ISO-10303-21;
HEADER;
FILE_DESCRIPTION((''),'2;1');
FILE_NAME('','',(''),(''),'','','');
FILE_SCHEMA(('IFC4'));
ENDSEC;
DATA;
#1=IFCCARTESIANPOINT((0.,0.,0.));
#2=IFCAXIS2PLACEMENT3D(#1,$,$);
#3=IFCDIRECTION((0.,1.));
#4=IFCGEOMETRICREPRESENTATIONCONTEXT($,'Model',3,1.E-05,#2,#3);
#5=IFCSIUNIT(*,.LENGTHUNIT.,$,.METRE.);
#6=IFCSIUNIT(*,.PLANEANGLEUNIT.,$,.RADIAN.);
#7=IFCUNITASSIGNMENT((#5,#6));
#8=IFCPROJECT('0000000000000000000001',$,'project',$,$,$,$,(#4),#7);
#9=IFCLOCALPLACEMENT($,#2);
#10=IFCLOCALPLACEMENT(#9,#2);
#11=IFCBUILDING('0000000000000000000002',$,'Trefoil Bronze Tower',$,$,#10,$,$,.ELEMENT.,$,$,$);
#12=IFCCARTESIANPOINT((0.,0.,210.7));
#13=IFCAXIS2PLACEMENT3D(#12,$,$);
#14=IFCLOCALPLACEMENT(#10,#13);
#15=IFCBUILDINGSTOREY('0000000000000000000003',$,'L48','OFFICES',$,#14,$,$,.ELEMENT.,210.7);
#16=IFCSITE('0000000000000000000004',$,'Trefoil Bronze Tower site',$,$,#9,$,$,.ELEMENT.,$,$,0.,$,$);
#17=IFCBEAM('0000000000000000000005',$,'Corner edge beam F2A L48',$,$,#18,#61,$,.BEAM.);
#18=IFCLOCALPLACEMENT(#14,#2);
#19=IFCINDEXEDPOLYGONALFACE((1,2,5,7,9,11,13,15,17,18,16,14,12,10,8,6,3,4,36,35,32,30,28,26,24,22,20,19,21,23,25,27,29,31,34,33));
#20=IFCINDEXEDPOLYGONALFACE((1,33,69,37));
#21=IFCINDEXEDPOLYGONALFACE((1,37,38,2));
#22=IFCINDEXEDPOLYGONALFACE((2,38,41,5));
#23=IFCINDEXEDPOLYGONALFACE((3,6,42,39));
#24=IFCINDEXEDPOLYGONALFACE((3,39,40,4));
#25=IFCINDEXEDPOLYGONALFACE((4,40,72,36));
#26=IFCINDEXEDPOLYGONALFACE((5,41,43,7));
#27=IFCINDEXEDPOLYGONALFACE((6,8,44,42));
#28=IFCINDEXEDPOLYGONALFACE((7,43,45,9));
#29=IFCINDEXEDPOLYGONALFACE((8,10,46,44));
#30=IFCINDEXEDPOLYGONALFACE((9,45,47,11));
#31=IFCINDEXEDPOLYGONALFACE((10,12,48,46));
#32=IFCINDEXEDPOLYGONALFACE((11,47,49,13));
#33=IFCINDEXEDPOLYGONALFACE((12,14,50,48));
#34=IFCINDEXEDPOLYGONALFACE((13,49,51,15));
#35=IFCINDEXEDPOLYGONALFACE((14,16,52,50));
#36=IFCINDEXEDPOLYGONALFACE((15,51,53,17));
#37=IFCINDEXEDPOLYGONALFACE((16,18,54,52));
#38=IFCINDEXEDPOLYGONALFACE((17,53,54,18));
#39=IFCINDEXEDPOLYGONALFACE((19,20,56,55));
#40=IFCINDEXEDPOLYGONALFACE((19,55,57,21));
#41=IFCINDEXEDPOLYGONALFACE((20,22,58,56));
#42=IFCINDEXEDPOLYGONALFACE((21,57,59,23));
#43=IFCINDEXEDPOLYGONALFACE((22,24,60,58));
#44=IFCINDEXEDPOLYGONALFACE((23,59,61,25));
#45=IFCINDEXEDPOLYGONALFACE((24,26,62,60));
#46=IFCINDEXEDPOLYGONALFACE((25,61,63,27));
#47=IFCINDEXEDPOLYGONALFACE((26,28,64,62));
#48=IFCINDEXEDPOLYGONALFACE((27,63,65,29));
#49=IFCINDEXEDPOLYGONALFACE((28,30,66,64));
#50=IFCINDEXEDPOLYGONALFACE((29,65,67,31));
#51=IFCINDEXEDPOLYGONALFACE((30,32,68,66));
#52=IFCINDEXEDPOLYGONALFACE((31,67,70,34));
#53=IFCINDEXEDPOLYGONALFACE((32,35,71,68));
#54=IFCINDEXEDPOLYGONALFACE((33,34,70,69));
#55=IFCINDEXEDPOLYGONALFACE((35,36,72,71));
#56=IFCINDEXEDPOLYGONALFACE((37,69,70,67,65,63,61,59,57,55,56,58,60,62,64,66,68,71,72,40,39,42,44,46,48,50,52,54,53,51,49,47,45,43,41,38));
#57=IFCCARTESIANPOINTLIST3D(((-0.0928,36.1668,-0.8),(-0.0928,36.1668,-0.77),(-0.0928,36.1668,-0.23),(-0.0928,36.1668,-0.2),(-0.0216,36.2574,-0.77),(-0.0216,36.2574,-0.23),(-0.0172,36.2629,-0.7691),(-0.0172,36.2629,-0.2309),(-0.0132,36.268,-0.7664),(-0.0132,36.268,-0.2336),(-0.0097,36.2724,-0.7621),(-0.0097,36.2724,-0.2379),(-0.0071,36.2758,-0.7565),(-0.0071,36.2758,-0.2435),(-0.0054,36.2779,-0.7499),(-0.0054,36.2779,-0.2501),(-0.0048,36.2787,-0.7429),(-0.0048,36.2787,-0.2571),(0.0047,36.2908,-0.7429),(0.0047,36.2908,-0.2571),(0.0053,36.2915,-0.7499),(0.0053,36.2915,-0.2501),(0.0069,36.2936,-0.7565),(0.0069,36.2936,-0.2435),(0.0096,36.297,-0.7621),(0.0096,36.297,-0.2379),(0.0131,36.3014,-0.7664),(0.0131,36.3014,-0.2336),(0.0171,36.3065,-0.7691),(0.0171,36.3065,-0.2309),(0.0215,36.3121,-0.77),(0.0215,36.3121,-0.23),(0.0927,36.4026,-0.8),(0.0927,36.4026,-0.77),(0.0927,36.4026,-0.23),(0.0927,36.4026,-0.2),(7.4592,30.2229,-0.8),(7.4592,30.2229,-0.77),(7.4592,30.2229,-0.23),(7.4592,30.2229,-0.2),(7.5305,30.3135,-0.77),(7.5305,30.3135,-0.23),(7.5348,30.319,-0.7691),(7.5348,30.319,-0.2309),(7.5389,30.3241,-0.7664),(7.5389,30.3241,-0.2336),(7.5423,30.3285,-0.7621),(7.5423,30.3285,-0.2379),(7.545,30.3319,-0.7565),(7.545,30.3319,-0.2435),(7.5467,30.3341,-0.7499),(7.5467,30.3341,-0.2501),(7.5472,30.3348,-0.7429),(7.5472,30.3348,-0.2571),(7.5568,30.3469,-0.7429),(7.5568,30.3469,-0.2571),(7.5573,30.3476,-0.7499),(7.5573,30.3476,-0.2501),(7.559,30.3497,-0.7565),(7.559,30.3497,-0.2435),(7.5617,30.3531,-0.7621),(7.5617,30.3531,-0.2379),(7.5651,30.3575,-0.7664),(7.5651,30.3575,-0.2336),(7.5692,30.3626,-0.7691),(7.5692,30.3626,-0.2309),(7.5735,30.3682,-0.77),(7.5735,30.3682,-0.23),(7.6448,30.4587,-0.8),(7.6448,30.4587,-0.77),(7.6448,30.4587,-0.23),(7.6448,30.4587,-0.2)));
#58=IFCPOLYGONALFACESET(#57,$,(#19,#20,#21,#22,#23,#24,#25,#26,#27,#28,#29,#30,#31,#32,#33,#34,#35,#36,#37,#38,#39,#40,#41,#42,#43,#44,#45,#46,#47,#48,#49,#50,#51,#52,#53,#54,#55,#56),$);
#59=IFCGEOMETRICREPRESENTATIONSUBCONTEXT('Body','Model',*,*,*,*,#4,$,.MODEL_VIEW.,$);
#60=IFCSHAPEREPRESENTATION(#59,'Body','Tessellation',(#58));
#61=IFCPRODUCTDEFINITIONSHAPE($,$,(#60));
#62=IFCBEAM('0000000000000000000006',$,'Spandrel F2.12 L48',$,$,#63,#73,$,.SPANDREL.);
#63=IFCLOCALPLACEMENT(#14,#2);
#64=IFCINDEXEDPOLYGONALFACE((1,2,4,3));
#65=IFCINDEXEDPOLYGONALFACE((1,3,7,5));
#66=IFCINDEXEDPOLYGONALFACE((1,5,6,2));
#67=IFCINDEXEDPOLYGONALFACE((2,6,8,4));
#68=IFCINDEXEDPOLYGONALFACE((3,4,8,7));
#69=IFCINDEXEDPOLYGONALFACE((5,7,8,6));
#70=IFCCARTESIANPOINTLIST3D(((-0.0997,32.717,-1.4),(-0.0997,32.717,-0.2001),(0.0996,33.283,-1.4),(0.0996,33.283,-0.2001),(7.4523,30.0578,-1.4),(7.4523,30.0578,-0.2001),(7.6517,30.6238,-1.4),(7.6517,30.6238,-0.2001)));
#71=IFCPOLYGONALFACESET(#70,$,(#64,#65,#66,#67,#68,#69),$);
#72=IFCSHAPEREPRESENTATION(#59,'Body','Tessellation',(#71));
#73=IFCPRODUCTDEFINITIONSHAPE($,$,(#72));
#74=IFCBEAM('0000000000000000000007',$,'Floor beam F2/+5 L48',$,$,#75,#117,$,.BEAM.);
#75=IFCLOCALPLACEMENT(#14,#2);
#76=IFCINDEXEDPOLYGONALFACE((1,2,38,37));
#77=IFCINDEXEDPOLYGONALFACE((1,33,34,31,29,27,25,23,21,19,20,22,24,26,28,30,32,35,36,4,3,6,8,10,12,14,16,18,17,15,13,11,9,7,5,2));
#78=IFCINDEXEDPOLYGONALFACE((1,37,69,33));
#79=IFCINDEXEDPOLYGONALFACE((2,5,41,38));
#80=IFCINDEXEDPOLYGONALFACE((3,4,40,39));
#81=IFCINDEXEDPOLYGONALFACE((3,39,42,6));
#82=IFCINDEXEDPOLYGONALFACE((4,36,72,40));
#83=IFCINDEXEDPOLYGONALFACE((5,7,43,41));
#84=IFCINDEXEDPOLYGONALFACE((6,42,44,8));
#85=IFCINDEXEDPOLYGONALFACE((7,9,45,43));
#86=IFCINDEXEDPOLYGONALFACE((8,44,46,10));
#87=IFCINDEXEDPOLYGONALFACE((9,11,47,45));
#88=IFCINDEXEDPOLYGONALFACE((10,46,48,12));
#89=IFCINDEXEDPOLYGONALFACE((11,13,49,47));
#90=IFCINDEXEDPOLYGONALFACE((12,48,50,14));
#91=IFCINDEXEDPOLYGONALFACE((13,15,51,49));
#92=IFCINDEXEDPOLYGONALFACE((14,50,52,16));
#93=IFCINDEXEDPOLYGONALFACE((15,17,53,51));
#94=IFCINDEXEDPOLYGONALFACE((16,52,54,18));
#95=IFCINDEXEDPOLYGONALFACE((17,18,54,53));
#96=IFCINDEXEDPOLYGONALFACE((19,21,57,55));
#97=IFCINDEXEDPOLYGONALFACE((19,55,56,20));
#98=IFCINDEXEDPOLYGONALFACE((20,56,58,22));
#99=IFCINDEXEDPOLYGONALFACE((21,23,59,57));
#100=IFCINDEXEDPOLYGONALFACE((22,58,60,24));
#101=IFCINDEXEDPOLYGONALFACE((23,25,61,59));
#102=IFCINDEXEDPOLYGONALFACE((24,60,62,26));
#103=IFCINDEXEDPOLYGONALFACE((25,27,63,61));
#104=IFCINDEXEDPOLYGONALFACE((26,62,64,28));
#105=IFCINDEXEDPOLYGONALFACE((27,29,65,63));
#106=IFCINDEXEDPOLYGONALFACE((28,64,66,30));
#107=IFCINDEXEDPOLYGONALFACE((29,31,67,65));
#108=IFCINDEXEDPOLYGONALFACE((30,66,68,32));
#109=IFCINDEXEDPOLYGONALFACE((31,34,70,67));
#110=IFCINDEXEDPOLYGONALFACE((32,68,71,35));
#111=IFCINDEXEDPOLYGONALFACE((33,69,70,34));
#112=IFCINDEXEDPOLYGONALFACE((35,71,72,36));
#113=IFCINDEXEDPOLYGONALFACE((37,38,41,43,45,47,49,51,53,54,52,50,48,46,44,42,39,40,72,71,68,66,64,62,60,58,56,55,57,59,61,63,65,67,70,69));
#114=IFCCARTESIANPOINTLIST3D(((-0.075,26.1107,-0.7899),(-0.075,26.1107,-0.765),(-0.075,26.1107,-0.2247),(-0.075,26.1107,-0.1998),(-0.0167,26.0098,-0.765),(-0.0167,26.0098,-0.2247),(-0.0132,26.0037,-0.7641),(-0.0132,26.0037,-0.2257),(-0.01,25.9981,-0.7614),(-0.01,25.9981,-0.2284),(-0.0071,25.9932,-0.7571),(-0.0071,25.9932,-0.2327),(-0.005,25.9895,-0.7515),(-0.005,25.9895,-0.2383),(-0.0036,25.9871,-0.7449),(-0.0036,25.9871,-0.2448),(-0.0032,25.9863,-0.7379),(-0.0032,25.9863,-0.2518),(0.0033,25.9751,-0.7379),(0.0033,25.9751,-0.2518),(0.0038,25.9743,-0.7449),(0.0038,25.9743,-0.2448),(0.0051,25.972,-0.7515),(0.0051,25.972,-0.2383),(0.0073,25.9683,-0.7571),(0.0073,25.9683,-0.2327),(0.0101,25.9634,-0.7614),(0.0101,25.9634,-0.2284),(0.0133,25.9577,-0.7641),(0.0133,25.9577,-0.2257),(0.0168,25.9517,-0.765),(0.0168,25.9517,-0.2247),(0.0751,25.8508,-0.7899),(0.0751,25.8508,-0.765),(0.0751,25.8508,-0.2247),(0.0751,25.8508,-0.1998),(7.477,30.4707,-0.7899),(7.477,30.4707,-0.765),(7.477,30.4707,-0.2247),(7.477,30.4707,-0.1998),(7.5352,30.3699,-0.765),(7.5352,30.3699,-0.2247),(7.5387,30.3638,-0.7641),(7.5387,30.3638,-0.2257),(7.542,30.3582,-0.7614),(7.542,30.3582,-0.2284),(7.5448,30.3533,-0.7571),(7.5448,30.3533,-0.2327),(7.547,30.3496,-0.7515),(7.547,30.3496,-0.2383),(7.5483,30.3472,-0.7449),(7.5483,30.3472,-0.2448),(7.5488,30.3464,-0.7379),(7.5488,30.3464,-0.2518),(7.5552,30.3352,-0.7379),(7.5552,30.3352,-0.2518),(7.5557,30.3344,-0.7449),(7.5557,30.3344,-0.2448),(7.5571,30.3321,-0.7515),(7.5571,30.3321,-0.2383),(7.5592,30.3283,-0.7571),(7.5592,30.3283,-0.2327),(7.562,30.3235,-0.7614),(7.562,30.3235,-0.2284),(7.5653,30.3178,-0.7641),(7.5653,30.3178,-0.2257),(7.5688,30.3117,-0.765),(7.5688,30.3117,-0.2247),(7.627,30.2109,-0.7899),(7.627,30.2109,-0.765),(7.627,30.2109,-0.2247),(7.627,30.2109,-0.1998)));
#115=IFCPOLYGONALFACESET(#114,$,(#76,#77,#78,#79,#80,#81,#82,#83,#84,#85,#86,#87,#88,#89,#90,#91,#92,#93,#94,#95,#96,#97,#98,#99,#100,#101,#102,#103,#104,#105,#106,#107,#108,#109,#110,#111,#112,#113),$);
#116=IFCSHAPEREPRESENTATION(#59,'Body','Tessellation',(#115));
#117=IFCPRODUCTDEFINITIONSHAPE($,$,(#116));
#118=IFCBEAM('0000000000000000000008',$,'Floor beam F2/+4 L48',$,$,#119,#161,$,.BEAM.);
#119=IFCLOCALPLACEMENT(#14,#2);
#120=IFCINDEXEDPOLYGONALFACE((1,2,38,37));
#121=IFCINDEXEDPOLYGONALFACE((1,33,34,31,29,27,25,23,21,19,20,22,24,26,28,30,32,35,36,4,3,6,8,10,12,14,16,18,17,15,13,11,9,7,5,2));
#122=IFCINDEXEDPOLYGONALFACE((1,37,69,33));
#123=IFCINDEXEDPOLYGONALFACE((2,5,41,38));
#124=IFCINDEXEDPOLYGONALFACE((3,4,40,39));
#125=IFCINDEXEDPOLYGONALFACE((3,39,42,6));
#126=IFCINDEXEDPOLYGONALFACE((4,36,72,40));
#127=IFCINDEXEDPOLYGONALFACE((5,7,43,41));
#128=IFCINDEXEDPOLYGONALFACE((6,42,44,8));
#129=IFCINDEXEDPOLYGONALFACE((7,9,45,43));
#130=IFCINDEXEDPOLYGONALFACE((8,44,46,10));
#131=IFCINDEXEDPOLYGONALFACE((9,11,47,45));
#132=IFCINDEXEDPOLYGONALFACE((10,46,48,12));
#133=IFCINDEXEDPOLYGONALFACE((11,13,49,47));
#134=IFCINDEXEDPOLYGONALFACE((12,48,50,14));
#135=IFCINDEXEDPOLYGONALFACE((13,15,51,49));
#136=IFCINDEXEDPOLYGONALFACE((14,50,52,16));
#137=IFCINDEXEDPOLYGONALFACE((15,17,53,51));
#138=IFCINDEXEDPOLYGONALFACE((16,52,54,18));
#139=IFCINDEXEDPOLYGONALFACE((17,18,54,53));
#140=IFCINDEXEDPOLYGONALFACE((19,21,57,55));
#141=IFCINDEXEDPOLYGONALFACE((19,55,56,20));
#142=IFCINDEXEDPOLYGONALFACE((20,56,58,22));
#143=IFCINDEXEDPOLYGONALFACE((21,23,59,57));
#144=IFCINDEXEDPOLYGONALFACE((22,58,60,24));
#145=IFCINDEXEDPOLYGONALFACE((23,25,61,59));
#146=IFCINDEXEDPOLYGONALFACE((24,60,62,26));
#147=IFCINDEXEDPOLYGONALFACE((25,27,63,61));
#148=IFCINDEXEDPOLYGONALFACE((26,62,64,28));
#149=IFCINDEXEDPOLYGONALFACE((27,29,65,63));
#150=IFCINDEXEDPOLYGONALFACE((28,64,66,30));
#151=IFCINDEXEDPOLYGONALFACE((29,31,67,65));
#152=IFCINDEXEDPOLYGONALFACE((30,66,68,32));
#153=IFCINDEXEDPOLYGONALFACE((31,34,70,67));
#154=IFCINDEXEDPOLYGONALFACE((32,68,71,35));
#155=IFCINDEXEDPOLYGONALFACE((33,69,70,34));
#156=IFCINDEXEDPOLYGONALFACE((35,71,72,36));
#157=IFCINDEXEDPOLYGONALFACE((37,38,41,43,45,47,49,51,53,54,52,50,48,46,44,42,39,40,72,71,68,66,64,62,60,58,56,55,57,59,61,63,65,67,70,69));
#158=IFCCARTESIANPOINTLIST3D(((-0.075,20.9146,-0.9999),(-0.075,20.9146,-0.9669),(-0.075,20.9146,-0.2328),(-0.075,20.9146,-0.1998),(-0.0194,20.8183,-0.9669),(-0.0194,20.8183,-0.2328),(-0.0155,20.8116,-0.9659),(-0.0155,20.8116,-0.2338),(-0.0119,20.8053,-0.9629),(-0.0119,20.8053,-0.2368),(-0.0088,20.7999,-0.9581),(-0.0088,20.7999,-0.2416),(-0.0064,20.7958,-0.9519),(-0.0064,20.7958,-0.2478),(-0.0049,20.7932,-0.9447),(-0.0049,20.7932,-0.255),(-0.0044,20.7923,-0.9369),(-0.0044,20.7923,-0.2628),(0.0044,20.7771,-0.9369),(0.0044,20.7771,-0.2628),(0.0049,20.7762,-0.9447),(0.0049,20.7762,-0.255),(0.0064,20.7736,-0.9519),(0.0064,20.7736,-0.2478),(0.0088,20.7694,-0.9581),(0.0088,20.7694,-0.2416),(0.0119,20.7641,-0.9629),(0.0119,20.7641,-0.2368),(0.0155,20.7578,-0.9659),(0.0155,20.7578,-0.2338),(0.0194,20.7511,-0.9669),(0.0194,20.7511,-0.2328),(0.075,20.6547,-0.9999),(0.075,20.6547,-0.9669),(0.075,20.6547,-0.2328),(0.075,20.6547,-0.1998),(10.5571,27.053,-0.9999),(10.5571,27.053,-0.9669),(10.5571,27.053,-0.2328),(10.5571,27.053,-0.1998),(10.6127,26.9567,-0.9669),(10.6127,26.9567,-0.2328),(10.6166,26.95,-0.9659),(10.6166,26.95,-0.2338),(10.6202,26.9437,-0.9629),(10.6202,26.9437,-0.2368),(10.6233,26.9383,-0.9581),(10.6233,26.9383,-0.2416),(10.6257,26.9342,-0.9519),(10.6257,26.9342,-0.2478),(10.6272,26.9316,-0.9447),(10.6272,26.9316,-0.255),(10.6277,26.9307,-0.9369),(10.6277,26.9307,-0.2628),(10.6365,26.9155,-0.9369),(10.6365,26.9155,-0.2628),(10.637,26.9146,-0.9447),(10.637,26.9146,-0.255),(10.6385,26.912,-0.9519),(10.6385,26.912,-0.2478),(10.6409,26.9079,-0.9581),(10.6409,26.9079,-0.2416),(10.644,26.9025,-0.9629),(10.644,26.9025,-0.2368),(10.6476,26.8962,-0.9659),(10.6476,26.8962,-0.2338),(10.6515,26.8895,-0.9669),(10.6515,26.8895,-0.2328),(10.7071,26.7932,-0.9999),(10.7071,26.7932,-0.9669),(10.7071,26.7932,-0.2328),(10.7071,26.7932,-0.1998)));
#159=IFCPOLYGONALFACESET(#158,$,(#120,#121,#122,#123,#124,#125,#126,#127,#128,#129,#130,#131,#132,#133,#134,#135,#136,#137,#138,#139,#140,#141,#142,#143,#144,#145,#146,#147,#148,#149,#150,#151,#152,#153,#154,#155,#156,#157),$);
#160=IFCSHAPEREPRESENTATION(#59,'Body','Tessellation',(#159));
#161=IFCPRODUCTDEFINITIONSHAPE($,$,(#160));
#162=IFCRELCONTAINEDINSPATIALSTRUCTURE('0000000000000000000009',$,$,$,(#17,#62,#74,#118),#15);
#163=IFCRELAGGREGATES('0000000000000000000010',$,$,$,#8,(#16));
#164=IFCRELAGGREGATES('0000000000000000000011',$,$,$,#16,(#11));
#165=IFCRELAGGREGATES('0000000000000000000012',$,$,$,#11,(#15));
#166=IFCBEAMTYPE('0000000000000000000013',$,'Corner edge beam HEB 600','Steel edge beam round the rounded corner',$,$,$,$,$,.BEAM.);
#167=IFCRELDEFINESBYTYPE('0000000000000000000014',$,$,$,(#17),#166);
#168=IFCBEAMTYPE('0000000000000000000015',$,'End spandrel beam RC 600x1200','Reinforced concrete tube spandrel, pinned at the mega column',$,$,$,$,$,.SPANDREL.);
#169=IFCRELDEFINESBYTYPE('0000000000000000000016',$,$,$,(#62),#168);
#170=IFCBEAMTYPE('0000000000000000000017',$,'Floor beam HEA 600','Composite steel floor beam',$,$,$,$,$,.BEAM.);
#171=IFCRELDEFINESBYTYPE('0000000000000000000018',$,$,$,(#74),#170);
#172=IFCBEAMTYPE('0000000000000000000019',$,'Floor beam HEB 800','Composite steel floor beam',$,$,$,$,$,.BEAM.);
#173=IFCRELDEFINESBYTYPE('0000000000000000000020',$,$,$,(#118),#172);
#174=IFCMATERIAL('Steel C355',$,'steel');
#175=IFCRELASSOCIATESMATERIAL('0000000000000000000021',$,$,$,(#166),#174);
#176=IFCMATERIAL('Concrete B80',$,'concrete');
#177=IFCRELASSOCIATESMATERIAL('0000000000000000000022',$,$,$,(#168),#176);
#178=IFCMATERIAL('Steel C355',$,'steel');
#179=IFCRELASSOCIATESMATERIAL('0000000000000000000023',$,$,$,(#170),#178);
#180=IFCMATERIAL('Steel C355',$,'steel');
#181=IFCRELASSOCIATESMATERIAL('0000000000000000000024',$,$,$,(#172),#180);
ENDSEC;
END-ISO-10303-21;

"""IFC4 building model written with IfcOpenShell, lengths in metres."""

from ifc_helpers import new_model, si_unit, direction, frame, origin, origin_2d, place, context, subcontext, project, spatial, rectangle, i_section, extrude, material, material_profile, profile_set, type_object, element, save


model = new_model("IFC4")

# Units and contexts
model_context = context("Model", 3, precision=1e-05, world=origin(), true_north=direction((0.0, 1.0)))
body_context = subcontext(model_context, "Body", "Model", "MODEL_VIEW")
ifc_project = project(units=[si_unit("LENGTHUNIT", "METRE"), si_unit("PLANEANGLEUNIT", "RADIAN")], contexts=[model_context])

# Site, building, storey
site_placement = place(None, origin())
site = spatial("IfcSite", under=ifc_project, at=site_placement, Name="Trefoil Bronze Tower site", CompositionType="ELEMENT", RefElevation=0.0)
building_placement = place(site_placement, origin())
building = spatial("IfcBuilding", under=site, at=building_placement, Name="Trefoil Bronze Tower", CompositionType="ELEMENT")
storey_placement = place(building_placement, frame((0.0, 0.0, 210.7)))
storey = spatial("IfcBuildingStorey", under=building, at=storey_placement, Name="L48", Description="OFFICES", CompositionType="ELEMENT", Elevation=210.7)

# Beams
ifc_material_1 = material(Name="Steel C355", Category="steel")
ifc_material_profile_1 = material_profile(ifc_material_1, i_section(OverallWidth=0.3, OverallDepth=0.6001, WebThickness=0.0154, FlangeThickness=0.03, FilletRadius=0.0271, at=origin_2d()), Name="HEB 600")
ifc_profile_set_1 = profile_set([ifc_material_profile_1], Name="Steel C355")
beam_type_1 = type_object("IfcBeamType", Name="Corner edge beam HEB 600", Description="Steel edge beam round the rounded corner", PredefinedType="BEAM", material=ifc_profile_set_1)
beam_1_placement = place(storey_placement, frame((7.552, 30.3408, -0.5), z_axis=(-0.785806, 0.618473, 0.0), x_axis=(-0.618473, -0.785806, 0.0)))
element("IfcBeam", 1, at=beam_1_placement, inside=storey, type_object=beam_type_1, Name="Corner edge beam F2A L48", PredefinedType="BEAM", context=body_context, shape_type="SweptSolid", body=[
    extrude(i_section(OverallWidth=0.3, OverallDepth=0.6001, WebThickness=0.0154, FlangeThickness=0.03, FilletRadius=0.0271, at=origin_2d()), origin(), (0.0, 0.0, 1.0), 9.6106),
])
ifc_material_2 = material(Name="Concrete B80", Category="concrete")
ifc_material_profile_2 = material_profile(ifc_material_2, rectangle(XDim=0.6001, YDim=1.2, at=origin_2d()), Name="RC 600x1200")
ifc_profile_set_2 = profile_set([ifc_material_profile_2], Name="Concrete B80")
beam_type_2 = type_object("IfcBeamType", Name="End spandrel beam RC 600x1200", Description="Reinforced concrete tube spandrel, pinned at the mega column", PredefinedType="SPANDREL", material=ifc_profile_set_2)
beam_2_placement = place(storey_placement, frame((7.552, 30.3408, -0.8), z_axis=(-0.943234, 0.332128, 0.0), x_axis=(-0.332128, -0.943234, 0.0)))
element("IfcBeam", 2, at=beam_2_placement, inside=storey, type_object=beam_type_2, Name="Spandrel F2.12 L48", PredefinedType="SPANDREL", context=body_context, shape_type="SweptSolid", body=[
    extrude(rectangle(XDim=0.6001, YDim=1.2, at=origin_2d()), origin(), (0.0, 0.0, 1.0), 8.0066),
])
ifc_material_3 = material(Name="Steel C355", Category="steel")
ifc_material_profile_3 = material_profile(ifc_material_3, i_section(OverallWidth=0.3, OverallDepth=0.5901, WebThickness=0.0129, FlangeThickness=0.0249, FilletRadius=0.0271, at=origin_2d()), Name="HEA 600")
ifc_profile_set_3 = profile_set([ifc_material_profile_3], Name="Steel C355")
beam_type_3 = type_object("IfcBeamType", Name="Floor beam HEA 600", Description="Composite steel floor beam", PredefinedType="BEAM", material=ifc_profile_set_3)
beam_3_placement = place(storey_placement, frame((7.552, 30.3408, -0.4949), z_axis=(-0.866028, -0.499996, 0.0), x_axis=(0.499996, -0.866028, 0.0)))
element("IfcBeam", 3, at=beam_3_placement, inside=storey, type_object=beam_type_3, Name="Floor beam F2/+5 L48", PredefinedType="BEAM", context=body_context, shape_type="SweptSolid", body=[
    extrude(i_section(OverallWidth=0.3, OverallDepth=0.5901, WebThickness=0.0129, FlangeThickness=0.0249, FilletRadius=0.0271, at=origin_2d()), origin(), (0.0, 0.0, 1.0), 8.7202),
])
ifc_material_4 = material(Name="Steel C355", Category="steel")
ifc_material_profile_4 = material_profile(ifc_material_4, i_section(OverallWidth=0.3, OverallDepth=0.8, WebThickness=0.0176, FlangeThickness=0.033, FilletRadius=0.03, at=origin_2d()), Name="HEB 800")
ifc_profile_set_4 = profile_set([ifc_material_profile_4], Name="Steel C355")
beam_type_4 = type_object("IfcBeamType", Name="Floor beam HEB 800", Description="Composite steel floor beam", PredefinedType="BEAM", material=ifc_profile_set_4)
beam_4_placement = place(storey_placement, frame((10.6321, 26.9231, -0.5999), z_axis=(-0.866026, -0.5, 0.0), x_axis=(0.5, -0.866026, 0.0)))
element("IfcBeam", 4, at=beam_4_placement, inside=storey, type_object=beam_type_4, Name="Floor beam F2/+4 L48", PredefinedType="BEAM", context=body_context, shape_type="SweptSolid", body=[
    extrude(i_section(OverallWidth=0.3, OverallDepth=0.8, WebThickness=0.0176, FlangeThickness=0.033, FilletRadius=0.03, at=origin_2d()), origin(), (0.0, 0.0, 1.0), 12.2769),
])

save(model, "model.ifc")
